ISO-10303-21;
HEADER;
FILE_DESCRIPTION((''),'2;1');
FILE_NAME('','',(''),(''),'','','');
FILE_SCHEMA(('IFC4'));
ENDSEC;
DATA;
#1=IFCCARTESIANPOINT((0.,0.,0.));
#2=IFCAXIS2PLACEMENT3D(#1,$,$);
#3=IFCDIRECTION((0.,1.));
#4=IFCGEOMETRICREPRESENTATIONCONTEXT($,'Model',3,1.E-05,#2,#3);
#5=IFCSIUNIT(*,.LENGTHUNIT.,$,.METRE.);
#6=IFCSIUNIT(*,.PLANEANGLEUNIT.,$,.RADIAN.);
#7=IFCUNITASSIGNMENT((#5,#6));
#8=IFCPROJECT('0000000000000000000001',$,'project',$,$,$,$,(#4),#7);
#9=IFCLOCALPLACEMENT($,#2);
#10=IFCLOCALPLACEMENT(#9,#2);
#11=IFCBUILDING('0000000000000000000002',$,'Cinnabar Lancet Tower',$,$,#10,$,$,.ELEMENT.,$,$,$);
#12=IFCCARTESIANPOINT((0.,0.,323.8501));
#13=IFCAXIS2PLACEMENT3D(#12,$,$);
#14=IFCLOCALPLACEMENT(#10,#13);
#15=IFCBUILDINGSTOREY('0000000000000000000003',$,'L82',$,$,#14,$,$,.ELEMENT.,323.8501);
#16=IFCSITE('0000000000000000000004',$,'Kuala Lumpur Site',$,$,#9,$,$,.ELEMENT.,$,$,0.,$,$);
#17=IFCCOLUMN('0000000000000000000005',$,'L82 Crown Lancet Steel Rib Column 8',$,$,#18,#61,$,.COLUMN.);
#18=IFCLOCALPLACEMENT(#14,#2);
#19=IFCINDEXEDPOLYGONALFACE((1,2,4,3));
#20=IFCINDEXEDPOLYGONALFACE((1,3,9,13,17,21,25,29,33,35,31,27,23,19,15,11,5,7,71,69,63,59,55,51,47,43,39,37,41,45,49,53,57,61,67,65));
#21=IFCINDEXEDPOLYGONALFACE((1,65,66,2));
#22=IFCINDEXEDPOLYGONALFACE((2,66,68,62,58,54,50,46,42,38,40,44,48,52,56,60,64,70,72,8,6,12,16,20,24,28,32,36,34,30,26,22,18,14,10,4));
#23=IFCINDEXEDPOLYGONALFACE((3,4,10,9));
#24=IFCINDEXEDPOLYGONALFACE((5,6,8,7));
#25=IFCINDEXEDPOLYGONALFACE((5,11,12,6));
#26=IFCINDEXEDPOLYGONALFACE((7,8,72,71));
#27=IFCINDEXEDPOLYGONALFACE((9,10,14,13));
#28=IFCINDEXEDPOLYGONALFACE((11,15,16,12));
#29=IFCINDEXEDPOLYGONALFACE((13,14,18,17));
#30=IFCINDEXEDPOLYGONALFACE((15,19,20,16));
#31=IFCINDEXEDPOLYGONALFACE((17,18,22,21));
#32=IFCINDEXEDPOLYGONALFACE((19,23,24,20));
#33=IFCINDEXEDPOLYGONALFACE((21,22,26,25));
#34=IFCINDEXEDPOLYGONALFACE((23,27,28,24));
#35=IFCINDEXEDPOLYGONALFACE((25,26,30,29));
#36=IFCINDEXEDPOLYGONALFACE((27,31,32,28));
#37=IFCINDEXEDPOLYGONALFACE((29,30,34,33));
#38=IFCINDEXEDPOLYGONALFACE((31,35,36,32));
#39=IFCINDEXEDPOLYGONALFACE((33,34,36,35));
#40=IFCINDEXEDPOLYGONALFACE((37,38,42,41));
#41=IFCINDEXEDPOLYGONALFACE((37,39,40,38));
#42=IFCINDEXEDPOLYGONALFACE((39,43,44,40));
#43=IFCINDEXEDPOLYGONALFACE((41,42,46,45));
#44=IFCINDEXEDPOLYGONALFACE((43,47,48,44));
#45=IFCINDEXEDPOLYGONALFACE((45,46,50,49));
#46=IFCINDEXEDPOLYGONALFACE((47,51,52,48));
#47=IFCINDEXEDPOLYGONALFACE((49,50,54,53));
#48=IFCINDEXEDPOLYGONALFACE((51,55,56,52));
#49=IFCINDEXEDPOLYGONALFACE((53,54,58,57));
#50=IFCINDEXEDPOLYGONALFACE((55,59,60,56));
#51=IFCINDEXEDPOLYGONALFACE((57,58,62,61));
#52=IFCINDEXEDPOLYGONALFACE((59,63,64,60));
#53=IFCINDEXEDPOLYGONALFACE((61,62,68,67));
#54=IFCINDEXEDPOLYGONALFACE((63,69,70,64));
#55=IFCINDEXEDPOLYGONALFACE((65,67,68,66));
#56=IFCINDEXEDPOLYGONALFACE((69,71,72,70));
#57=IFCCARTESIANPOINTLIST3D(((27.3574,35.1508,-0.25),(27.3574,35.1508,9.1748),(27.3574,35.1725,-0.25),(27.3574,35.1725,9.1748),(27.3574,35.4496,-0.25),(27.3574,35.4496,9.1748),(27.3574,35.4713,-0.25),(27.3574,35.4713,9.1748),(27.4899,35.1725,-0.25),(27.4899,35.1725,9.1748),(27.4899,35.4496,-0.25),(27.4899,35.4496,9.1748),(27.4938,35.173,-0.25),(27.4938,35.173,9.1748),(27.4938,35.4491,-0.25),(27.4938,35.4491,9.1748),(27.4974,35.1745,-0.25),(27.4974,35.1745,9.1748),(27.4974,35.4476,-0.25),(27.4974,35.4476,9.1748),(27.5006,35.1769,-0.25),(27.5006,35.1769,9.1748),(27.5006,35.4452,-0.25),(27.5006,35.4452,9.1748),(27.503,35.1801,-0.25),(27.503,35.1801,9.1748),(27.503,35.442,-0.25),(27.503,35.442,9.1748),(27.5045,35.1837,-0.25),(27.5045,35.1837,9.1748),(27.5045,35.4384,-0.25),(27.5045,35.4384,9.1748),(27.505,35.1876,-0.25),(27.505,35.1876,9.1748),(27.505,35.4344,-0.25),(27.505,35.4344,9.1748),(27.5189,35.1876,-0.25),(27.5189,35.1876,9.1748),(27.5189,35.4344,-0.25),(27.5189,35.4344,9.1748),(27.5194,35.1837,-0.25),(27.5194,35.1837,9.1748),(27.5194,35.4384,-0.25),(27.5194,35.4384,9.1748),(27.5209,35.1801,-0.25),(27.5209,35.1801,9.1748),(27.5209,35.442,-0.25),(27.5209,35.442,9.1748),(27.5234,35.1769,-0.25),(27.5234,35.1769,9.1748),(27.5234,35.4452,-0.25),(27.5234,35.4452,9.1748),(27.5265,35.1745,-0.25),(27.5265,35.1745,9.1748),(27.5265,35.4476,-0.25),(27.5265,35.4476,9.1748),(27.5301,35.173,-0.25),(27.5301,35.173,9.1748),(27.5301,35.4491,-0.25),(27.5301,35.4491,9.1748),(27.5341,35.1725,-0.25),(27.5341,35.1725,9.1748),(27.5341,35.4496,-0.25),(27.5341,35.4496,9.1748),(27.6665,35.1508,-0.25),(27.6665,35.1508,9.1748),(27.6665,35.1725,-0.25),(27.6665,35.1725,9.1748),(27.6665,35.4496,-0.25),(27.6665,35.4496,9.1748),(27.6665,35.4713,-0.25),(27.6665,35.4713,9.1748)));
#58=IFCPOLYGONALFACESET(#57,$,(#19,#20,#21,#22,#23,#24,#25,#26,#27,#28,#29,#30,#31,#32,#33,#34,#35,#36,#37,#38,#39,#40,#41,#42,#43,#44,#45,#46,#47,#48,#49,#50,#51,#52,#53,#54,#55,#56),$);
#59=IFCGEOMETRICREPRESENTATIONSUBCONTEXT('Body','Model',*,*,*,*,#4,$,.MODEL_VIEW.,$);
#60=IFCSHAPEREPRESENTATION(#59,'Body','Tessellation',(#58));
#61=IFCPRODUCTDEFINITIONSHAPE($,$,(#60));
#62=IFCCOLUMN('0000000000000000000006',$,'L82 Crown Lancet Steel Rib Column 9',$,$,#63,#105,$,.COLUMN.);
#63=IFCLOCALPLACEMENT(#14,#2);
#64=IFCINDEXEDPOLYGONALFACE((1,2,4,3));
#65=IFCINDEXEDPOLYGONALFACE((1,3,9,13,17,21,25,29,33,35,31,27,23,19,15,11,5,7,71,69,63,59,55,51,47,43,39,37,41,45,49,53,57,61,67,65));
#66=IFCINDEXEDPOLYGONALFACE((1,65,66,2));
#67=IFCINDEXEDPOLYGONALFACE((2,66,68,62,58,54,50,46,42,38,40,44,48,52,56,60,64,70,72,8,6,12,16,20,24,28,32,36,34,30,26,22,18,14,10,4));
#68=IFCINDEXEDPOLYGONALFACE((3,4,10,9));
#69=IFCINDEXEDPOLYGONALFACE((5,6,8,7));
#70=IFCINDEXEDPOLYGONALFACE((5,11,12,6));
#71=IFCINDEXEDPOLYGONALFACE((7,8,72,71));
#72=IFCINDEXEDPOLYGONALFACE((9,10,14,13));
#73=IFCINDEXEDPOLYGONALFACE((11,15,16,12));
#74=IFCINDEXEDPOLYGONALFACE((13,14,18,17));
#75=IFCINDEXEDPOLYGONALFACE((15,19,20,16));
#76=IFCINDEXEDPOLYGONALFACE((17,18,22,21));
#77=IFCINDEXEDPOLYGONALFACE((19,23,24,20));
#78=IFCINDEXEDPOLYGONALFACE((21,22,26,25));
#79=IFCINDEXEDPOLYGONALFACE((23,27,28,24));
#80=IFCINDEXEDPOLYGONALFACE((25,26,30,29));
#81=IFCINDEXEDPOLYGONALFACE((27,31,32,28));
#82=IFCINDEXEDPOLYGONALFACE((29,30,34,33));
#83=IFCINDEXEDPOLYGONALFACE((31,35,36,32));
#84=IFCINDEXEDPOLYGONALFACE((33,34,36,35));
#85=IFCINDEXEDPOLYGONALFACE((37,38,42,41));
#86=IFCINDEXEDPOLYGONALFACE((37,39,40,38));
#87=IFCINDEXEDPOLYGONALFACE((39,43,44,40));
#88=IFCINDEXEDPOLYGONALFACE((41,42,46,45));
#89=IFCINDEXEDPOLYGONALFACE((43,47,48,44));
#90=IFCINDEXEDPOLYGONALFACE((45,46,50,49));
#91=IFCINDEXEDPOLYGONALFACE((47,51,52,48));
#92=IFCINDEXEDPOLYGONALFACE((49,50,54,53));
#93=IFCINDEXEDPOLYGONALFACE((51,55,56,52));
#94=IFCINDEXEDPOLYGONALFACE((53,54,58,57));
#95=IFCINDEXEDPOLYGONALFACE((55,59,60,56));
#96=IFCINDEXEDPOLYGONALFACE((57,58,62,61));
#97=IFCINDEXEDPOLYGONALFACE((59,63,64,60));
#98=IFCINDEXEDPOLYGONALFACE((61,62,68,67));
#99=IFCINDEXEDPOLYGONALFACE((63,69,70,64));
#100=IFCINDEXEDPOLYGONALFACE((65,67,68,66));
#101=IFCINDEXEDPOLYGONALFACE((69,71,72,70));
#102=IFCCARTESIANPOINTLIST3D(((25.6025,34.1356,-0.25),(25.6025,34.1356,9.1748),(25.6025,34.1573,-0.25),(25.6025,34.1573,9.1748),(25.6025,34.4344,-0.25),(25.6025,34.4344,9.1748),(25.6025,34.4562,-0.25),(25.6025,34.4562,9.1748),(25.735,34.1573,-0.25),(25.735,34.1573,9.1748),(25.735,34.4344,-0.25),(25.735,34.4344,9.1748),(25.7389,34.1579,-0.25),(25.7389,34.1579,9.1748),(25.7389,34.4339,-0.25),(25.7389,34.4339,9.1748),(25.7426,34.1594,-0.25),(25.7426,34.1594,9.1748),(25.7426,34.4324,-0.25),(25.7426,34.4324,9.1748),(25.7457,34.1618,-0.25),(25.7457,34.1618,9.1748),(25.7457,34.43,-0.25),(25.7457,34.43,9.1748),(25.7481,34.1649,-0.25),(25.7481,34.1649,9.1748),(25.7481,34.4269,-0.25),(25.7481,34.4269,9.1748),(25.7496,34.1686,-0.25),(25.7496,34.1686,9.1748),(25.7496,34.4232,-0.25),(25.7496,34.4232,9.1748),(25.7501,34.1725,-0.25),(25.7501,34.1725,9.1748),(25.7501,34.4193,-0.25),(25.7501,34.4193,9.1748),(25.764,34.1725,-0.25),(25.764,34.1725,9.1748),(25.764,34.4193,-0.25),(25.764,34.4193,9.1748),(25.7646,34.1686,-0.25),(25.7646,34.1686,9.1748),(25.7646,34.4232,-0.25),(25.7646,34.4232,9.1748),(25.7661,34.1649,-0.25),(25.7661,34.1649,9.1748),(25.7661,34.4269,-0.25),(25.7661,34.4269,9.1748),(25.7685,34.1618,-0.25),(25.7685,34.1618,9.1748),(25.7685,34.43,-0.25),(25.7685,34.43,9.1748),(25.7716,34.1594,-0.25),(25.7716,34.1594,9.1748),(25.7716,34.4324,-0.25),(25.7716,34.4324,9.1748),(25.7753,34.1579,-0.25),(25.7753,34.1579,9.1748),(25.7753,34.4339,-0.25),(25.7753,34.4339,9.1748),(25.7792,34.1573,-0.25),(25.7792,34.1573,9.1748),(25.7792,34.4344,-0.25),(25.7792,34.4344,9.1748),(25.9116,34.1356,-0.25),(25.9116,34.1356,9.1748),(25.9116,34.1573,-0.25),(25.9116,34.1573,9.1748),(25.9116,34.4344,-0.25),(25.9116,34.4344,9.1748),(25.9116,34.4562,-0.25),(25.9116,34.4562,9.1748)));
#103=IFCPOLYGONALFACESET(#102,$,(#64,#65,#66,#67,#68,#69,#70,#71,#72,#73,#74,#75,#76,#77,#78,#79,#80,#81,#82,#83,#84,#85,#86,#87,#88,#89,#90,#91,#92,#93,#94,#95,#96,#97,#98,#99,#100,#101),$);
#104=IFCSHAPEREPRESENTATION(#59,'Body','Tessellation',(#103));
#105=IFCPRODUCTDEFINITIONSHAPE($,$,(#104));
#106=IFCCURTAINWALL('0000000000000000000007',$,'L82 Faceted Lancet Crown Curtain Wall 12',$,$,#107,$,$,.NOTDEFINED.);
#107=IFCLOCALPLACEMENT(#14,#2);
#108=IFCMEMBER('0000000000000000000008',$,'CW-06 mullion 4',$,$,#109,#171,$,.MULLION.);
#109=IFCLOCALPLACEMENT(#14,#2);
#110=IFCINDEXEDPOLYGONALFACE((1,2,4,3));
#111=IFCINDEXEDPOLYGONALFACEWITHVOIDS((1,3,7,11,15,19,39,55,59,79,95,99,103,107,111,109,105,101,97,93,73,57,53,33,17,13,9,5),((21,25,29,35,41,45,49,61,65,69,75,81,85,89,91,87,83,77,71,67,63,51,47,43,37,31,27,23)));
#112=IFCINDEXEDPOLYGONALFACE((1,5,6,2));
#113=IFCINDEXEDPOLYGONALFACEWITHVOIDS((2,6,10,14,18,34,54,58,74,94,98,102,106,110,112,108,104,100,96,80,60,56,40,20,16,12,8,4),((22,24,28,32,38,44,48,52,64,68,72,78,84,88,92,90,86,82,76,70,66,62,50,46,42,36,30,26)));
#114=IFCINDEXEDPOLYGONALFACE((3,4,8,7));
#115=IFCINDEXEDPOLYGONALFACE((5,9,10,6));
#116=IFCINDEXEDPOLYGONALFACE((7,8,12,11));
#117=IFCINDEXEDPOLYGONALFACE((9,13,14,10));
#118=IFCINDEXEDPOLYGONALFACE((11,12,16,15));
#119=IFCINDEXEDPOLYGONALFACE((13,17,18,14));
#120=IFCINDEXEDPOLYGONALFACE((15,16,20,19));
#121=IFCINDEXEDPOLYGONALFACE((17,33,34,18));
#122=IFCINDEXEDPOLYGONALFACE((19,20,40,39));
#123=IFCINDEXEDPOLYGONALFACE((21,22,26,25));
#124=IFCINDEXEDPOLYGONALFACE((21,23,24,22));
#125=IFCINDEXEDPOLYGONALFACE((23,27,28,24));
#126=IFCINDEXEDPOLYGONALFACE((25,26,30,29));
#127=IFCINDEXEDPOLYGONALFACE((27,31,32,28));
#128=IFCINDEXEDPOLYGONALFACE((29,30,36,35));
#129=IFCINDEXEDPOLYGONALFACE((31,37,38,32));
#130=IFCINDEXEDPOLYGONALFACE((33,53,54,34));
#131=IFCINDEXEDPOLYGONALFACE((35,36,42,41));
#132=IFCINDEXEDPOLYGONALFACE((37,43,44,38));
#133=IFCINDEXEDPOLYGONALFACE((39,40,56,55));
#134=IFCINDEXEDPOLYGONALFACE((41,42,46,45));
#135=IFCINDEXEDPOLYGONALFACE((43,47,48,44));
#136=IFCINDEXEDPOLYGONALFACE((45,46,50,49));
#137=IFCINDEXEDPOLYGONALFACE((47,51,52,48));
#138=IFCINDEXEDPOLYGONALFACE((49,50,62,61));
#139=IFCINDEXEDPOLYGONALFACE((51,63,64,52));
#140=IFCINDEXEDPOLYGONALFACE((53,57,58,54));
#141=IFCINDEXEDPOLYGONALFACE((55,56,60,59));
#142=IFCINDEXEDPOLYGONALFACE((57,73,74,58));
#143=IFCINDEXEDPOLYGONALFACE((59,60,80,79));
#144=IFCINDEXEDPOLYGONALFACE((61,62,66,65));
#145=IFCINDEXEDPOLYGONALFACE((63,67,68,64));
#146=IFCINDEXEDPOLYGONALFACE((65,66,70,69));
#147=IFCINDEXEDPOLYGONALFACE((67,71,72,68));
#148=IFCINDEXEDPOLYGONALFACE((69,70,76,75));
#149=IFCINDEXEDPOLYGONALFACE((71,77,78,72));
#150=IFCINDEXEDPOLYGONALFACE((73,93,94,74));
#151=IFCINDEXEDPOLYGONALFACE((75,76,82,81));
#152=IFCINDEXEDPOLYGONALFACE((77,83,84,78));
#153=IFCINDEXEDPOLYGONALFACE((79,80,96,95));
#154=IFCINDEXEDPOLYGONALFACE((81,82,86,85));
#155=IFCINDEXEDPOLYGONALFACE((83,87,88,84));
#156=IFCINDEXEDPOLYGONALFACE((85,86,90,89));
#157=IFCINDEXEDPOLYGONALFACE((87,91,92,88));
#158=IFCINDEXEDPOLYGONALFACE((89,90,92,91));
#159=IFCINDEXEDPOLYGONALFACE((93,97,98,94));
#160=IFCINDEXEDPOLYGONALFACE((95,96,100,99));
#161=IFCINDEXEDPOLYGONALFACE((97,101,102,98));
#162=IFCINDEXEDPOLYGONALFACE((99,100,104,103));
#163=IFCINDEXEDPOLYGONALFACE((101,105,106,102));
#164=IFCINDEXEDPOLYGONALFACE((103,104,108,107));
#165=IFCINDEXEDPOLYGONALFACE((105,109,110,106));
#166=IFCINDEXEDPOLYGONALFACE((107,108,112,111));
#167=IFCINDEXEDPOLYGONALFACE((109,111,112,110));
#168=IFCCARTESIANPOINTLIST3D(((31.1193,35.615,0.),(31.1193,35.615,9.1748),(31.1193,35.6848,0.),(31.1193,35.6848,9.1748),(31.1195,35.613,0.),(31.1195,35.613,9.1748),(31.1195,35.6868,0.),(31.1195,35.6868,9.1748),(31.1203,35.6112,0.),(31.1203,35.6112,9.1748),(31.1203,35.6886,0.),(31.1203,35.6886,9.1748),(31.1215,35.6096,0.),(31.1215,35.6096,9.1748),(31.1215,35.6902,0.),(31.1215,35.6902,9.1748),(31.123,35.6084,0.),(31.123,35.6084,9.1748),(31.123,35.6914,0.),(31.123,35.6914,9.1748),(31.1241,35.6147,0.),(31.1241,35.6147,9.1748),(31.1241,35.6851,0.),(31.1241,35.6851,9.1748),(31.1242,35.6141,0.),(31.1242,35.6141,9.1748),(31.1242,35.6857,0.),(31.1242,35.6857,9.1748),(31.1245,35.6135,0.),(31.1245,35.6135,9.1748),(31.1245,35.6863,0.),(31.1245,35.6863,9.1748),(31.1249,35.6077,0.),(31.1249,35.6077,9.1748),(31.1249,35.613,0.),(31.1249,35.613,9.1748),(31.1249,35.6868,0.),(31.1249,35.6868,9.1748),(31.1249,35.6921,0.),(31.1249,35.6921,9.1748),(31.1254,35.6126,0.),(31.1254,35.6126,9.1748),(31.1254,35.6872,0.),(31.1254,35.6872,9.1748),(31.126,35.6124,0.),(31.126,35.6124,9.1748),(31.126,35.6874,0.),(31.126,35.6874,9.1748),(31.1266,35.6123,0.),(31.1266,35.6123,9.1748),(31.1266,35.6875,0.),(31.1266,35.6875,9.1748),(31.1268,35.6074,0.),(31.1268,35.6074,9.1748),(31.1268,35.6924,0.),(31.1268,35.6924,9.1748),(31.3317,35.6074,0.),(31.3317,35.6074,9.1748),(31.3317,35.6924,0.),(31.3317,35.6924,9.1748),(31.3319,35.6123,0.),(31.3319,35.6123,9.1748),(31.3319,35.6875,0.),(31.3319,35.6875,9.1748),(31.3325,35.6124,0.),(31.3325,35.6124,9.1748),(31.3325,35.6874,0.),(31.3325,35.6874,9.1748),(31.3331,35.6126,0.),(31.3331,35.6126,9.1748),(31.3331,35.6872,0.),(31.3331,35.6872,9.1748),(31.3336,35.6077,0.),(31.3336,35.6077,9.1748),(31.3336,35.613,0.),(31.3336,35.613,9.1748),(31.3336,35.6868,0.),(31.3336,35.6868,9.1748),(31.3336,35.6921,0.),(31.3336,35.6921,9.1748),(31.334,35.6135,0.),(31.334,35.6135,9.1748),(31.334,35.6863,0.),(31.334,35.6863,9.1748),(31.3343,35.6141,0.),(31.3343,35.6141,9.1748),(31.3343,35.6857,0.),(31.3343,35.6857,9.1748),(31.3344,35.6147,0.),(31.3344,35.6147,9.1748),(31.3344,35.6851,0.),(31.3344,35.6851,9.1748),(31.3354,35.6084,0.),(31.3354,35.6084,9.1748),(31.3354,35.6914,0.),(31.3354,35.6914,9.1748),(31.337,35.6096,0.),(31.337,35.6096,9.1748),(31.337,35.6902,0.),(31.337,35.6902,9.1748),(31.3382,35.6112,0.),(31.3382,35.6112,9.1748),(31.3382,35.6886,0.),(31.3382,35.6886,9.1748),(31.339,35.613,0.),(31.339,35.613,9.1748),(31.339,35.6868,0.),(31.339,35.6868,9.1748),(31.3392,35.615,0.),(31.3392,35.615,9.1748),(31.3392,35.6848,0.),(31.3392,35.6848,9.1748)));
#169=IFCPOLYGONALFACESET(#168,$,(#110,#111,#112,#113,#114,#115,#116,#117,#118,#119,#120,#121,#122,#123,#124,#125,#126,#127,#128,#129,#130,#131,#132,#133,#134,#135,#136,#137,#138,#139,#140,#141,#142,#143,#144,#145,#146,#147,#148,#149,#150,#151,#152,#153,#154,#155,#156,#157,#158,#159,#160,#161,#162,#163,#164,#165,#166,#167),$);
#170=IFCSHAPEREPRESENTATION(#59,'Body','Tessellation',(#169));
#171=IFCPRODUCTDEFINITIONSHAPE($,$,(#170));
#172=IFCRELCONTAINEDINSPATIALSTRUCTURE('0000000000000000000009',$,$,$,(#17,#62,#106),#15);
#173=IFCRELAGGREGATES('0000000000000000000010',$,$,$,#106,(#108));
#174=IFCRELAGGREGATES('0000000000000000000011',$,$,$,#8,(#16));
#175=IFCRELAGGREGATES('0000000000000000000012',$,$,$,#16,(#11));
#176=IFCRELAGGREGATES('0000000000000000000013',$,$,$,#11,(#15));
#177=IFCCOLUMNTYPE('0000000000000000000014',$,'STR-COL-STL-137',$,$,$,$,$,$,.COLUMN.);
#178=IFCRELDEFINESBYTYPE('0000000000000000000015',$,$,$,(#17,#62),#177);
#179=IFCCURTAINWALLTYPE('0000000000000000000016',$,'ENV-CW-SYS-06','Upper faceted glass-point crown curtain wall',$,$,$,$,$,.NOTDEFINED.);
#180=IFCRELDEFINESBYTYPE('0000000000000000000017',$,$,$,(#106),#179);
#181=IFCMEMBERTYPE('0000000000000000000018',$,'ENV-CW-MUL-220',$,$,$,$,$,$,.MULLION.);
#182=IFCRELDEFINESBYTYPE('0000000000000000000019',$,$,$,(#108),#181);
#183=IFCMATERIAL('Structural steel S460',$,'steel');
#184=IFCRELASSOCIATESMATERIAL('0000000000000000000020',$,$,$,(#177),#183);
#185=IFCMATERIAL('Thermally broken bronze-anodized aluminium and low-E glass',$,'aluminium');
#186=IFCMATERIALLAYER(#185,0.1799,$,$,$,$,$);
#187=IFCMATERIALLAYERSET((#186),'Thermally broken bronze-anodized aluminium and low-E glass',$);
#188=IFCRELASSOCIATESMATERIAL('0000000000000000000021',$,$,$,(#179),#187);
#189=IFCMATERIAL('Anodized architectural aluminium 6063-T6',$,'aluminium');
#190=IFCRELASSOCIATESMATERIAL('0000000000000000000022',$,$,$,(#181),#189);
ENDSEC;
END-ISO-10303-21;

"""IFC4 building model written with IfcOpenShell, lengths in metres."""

from ifc_helpers import new_model, si_unit, direction, frame, origin, origin_2d, place, context, subcontext, project, spatial, hollow_rectangle, i_section, extrude, material, layer, layer_set, material_profile, profile_set, type_object, element, aggregate, save


model = new_model("IFC4")

# Units and contexts
model_context = context("Model", 3, precision=1e-05, world=origin(), true_north=direction((0.0, 1.0)))
body_context = subcontext(model_context, "Body", "Model", "MODEL_VIEW")
ifc_project = project(units=[si_unit("LENGTHUNIT", "METRE"), si_unit("PLANEANGLEUNIT", "RADIAN")], contexts=[model_context])

# Site, building, storey
site_placement = place(None, origin())
site = spatial("IfcSite", under=ifc_project, at=site_placement, Name="Kuala Lumpur Site", CompositionType="ELEMENT", RefElevation=0.0)
building_placement = place(site_placement, origin())
building = spatial("IfcBuilding", under=site, at=building_placement, Name="Cinnabar Lancet Tower", CompositionType="ELEMENT")
storey_placement = place(building_placement, frame((0.0, 0.0, 323.8501)))
storey = spatial("IfcBuildingStorey", under=building, at=storey_placement, Name="L82", CompositionType="ELEMENT", Elevation=323.8501)

# Columns
ifc_material_1 = material(Name="Structural steel S460", Category="steel")
ifc_material_profile_1 = material_profile(ifc_material_1, i_section(OverallWidth=0.3091, OverallDepth=0.3206, WebThickness=0.0139, FlangeThickness=0.0217, FilletRadius=0.0151, at=origin_2d()), Name="UKC 305x305x137")
ifc_profile_set_1 = profile_set([ifc_material_profile_1], Name="Structural steel S460")
column_type = type_object("IfcColumnType", Name="STR-COL-STL-137", PredefinedType="COLUMN", material=ifc_profile_set_1)
for number, where, z_axis, x_axis, name in (
    (1, (27.512, 35.311, -0.25), (0.0, 0.0, 1.0), (1.0, 0.0, 0.0), "L82 Crown Lancet Steel Rib Column 8"),
    (2, (25.7571, 34.2959, -0.25), (0.0, 0.0, 1.0), (1.0, 0.0, 0.0), "L82 Crown Lancet Steel Rib Column 9"),
):
    element("IfcColumn", number, at=place(storey_placement, frame(where, z_axis=z_axis, x_axis=x_axis)), inside=storey, type_object=column_type, Name=name, PredefinedType="COLUMN", context=body_context, shape_type="SweptSolid", body=[
        extrude(i_section(OverallWidth=0.3091, OverallDepth=0.3206, WebThickness=0.0139, FlangeThickness=0.0217, FilletRadius=0.0151, at=origin_2d()), origin(), (0.0, 0.0, 1.0), 9.4248),
    ])

# Curtain wall, member
ifc_material_2 = material(Name="Thermally broken bronze-anodized aluminium and low-E glass", Category="aluminium")
ifc_layer_1 = layer(ifc_material_2, 0.1799)
ifc_layer_set_1 = layer_set([ifc_layer_1], Name="Thermally broken bronze-anodized aluminium and low-E glass")
curtain_wall_type = type_object("IfcCurtainWallType", Name="ENV-CW-SYS-06", Description="Upper faceted glass-point crown curtain wall", PredefinedType="NOTDEFINED", material=ifc_layer_set_1)
curtain_wall_1_placement = place(storey_placement, origin())
curtain_wall_1 = element("IfcCurtainWall", 3, at=curtain_wall_1_placement, inside=storey, type_object=curtain_wall_type, Name="L82 Faceted Lancet Crown Curtain Wall 12", PredefinedType="NOTDEFINED")
ifc_material_3 = material(Name="Anodized architectural aluminium 6063-T6", Category="aluminium")
ifc_material_profile_2 = material_profile(ifc_material_3, hollow_rectangle(XDim=0.085, YDim=0.22, WallThickness=0.0049, InnerFilletRadius=0.0024, OuterFilletRadius=0.0076, at=origin_2d()), Name="CW-MUL 220x85x5")
ifc_profile_set_2 = profile_set([ifc_material_profile_2], Name="Anodized architectural aluminium 6063-T6")
member_type_1 = type_object("IfcMemberType", Name="ENV-CW-MUL-220", PredefinedType="MULLION", material=ifc_profile_set_2)
member_1_placement = place(storey_placement, frame((31.2292, 35.6499, 0.0), z_axis=(0.0, 0.0, 1.0), x_axis=(0.0, -1.0, 0.0)))
member_1 = element("IfcMember", 4, at=member_1_placement, type_object=member_type_1, Name="CW-06 mullion 4", PredefinedType="MULLION", context=body_context, shape_type="SweptSolid", body=[
    extrude(hollow_rectangle(XDim=0.085, YDim=0.22, WallThickness=0.0049, InnerFilletRadius=0.0024, OuterFilletRadius=0.0076, at=origin_2d()), origin(), (0.0, 0.0, 1.0), 9.1748),
])

aggregate(curtain_wall_1, [member_1])

save(model, "model.ifc")
